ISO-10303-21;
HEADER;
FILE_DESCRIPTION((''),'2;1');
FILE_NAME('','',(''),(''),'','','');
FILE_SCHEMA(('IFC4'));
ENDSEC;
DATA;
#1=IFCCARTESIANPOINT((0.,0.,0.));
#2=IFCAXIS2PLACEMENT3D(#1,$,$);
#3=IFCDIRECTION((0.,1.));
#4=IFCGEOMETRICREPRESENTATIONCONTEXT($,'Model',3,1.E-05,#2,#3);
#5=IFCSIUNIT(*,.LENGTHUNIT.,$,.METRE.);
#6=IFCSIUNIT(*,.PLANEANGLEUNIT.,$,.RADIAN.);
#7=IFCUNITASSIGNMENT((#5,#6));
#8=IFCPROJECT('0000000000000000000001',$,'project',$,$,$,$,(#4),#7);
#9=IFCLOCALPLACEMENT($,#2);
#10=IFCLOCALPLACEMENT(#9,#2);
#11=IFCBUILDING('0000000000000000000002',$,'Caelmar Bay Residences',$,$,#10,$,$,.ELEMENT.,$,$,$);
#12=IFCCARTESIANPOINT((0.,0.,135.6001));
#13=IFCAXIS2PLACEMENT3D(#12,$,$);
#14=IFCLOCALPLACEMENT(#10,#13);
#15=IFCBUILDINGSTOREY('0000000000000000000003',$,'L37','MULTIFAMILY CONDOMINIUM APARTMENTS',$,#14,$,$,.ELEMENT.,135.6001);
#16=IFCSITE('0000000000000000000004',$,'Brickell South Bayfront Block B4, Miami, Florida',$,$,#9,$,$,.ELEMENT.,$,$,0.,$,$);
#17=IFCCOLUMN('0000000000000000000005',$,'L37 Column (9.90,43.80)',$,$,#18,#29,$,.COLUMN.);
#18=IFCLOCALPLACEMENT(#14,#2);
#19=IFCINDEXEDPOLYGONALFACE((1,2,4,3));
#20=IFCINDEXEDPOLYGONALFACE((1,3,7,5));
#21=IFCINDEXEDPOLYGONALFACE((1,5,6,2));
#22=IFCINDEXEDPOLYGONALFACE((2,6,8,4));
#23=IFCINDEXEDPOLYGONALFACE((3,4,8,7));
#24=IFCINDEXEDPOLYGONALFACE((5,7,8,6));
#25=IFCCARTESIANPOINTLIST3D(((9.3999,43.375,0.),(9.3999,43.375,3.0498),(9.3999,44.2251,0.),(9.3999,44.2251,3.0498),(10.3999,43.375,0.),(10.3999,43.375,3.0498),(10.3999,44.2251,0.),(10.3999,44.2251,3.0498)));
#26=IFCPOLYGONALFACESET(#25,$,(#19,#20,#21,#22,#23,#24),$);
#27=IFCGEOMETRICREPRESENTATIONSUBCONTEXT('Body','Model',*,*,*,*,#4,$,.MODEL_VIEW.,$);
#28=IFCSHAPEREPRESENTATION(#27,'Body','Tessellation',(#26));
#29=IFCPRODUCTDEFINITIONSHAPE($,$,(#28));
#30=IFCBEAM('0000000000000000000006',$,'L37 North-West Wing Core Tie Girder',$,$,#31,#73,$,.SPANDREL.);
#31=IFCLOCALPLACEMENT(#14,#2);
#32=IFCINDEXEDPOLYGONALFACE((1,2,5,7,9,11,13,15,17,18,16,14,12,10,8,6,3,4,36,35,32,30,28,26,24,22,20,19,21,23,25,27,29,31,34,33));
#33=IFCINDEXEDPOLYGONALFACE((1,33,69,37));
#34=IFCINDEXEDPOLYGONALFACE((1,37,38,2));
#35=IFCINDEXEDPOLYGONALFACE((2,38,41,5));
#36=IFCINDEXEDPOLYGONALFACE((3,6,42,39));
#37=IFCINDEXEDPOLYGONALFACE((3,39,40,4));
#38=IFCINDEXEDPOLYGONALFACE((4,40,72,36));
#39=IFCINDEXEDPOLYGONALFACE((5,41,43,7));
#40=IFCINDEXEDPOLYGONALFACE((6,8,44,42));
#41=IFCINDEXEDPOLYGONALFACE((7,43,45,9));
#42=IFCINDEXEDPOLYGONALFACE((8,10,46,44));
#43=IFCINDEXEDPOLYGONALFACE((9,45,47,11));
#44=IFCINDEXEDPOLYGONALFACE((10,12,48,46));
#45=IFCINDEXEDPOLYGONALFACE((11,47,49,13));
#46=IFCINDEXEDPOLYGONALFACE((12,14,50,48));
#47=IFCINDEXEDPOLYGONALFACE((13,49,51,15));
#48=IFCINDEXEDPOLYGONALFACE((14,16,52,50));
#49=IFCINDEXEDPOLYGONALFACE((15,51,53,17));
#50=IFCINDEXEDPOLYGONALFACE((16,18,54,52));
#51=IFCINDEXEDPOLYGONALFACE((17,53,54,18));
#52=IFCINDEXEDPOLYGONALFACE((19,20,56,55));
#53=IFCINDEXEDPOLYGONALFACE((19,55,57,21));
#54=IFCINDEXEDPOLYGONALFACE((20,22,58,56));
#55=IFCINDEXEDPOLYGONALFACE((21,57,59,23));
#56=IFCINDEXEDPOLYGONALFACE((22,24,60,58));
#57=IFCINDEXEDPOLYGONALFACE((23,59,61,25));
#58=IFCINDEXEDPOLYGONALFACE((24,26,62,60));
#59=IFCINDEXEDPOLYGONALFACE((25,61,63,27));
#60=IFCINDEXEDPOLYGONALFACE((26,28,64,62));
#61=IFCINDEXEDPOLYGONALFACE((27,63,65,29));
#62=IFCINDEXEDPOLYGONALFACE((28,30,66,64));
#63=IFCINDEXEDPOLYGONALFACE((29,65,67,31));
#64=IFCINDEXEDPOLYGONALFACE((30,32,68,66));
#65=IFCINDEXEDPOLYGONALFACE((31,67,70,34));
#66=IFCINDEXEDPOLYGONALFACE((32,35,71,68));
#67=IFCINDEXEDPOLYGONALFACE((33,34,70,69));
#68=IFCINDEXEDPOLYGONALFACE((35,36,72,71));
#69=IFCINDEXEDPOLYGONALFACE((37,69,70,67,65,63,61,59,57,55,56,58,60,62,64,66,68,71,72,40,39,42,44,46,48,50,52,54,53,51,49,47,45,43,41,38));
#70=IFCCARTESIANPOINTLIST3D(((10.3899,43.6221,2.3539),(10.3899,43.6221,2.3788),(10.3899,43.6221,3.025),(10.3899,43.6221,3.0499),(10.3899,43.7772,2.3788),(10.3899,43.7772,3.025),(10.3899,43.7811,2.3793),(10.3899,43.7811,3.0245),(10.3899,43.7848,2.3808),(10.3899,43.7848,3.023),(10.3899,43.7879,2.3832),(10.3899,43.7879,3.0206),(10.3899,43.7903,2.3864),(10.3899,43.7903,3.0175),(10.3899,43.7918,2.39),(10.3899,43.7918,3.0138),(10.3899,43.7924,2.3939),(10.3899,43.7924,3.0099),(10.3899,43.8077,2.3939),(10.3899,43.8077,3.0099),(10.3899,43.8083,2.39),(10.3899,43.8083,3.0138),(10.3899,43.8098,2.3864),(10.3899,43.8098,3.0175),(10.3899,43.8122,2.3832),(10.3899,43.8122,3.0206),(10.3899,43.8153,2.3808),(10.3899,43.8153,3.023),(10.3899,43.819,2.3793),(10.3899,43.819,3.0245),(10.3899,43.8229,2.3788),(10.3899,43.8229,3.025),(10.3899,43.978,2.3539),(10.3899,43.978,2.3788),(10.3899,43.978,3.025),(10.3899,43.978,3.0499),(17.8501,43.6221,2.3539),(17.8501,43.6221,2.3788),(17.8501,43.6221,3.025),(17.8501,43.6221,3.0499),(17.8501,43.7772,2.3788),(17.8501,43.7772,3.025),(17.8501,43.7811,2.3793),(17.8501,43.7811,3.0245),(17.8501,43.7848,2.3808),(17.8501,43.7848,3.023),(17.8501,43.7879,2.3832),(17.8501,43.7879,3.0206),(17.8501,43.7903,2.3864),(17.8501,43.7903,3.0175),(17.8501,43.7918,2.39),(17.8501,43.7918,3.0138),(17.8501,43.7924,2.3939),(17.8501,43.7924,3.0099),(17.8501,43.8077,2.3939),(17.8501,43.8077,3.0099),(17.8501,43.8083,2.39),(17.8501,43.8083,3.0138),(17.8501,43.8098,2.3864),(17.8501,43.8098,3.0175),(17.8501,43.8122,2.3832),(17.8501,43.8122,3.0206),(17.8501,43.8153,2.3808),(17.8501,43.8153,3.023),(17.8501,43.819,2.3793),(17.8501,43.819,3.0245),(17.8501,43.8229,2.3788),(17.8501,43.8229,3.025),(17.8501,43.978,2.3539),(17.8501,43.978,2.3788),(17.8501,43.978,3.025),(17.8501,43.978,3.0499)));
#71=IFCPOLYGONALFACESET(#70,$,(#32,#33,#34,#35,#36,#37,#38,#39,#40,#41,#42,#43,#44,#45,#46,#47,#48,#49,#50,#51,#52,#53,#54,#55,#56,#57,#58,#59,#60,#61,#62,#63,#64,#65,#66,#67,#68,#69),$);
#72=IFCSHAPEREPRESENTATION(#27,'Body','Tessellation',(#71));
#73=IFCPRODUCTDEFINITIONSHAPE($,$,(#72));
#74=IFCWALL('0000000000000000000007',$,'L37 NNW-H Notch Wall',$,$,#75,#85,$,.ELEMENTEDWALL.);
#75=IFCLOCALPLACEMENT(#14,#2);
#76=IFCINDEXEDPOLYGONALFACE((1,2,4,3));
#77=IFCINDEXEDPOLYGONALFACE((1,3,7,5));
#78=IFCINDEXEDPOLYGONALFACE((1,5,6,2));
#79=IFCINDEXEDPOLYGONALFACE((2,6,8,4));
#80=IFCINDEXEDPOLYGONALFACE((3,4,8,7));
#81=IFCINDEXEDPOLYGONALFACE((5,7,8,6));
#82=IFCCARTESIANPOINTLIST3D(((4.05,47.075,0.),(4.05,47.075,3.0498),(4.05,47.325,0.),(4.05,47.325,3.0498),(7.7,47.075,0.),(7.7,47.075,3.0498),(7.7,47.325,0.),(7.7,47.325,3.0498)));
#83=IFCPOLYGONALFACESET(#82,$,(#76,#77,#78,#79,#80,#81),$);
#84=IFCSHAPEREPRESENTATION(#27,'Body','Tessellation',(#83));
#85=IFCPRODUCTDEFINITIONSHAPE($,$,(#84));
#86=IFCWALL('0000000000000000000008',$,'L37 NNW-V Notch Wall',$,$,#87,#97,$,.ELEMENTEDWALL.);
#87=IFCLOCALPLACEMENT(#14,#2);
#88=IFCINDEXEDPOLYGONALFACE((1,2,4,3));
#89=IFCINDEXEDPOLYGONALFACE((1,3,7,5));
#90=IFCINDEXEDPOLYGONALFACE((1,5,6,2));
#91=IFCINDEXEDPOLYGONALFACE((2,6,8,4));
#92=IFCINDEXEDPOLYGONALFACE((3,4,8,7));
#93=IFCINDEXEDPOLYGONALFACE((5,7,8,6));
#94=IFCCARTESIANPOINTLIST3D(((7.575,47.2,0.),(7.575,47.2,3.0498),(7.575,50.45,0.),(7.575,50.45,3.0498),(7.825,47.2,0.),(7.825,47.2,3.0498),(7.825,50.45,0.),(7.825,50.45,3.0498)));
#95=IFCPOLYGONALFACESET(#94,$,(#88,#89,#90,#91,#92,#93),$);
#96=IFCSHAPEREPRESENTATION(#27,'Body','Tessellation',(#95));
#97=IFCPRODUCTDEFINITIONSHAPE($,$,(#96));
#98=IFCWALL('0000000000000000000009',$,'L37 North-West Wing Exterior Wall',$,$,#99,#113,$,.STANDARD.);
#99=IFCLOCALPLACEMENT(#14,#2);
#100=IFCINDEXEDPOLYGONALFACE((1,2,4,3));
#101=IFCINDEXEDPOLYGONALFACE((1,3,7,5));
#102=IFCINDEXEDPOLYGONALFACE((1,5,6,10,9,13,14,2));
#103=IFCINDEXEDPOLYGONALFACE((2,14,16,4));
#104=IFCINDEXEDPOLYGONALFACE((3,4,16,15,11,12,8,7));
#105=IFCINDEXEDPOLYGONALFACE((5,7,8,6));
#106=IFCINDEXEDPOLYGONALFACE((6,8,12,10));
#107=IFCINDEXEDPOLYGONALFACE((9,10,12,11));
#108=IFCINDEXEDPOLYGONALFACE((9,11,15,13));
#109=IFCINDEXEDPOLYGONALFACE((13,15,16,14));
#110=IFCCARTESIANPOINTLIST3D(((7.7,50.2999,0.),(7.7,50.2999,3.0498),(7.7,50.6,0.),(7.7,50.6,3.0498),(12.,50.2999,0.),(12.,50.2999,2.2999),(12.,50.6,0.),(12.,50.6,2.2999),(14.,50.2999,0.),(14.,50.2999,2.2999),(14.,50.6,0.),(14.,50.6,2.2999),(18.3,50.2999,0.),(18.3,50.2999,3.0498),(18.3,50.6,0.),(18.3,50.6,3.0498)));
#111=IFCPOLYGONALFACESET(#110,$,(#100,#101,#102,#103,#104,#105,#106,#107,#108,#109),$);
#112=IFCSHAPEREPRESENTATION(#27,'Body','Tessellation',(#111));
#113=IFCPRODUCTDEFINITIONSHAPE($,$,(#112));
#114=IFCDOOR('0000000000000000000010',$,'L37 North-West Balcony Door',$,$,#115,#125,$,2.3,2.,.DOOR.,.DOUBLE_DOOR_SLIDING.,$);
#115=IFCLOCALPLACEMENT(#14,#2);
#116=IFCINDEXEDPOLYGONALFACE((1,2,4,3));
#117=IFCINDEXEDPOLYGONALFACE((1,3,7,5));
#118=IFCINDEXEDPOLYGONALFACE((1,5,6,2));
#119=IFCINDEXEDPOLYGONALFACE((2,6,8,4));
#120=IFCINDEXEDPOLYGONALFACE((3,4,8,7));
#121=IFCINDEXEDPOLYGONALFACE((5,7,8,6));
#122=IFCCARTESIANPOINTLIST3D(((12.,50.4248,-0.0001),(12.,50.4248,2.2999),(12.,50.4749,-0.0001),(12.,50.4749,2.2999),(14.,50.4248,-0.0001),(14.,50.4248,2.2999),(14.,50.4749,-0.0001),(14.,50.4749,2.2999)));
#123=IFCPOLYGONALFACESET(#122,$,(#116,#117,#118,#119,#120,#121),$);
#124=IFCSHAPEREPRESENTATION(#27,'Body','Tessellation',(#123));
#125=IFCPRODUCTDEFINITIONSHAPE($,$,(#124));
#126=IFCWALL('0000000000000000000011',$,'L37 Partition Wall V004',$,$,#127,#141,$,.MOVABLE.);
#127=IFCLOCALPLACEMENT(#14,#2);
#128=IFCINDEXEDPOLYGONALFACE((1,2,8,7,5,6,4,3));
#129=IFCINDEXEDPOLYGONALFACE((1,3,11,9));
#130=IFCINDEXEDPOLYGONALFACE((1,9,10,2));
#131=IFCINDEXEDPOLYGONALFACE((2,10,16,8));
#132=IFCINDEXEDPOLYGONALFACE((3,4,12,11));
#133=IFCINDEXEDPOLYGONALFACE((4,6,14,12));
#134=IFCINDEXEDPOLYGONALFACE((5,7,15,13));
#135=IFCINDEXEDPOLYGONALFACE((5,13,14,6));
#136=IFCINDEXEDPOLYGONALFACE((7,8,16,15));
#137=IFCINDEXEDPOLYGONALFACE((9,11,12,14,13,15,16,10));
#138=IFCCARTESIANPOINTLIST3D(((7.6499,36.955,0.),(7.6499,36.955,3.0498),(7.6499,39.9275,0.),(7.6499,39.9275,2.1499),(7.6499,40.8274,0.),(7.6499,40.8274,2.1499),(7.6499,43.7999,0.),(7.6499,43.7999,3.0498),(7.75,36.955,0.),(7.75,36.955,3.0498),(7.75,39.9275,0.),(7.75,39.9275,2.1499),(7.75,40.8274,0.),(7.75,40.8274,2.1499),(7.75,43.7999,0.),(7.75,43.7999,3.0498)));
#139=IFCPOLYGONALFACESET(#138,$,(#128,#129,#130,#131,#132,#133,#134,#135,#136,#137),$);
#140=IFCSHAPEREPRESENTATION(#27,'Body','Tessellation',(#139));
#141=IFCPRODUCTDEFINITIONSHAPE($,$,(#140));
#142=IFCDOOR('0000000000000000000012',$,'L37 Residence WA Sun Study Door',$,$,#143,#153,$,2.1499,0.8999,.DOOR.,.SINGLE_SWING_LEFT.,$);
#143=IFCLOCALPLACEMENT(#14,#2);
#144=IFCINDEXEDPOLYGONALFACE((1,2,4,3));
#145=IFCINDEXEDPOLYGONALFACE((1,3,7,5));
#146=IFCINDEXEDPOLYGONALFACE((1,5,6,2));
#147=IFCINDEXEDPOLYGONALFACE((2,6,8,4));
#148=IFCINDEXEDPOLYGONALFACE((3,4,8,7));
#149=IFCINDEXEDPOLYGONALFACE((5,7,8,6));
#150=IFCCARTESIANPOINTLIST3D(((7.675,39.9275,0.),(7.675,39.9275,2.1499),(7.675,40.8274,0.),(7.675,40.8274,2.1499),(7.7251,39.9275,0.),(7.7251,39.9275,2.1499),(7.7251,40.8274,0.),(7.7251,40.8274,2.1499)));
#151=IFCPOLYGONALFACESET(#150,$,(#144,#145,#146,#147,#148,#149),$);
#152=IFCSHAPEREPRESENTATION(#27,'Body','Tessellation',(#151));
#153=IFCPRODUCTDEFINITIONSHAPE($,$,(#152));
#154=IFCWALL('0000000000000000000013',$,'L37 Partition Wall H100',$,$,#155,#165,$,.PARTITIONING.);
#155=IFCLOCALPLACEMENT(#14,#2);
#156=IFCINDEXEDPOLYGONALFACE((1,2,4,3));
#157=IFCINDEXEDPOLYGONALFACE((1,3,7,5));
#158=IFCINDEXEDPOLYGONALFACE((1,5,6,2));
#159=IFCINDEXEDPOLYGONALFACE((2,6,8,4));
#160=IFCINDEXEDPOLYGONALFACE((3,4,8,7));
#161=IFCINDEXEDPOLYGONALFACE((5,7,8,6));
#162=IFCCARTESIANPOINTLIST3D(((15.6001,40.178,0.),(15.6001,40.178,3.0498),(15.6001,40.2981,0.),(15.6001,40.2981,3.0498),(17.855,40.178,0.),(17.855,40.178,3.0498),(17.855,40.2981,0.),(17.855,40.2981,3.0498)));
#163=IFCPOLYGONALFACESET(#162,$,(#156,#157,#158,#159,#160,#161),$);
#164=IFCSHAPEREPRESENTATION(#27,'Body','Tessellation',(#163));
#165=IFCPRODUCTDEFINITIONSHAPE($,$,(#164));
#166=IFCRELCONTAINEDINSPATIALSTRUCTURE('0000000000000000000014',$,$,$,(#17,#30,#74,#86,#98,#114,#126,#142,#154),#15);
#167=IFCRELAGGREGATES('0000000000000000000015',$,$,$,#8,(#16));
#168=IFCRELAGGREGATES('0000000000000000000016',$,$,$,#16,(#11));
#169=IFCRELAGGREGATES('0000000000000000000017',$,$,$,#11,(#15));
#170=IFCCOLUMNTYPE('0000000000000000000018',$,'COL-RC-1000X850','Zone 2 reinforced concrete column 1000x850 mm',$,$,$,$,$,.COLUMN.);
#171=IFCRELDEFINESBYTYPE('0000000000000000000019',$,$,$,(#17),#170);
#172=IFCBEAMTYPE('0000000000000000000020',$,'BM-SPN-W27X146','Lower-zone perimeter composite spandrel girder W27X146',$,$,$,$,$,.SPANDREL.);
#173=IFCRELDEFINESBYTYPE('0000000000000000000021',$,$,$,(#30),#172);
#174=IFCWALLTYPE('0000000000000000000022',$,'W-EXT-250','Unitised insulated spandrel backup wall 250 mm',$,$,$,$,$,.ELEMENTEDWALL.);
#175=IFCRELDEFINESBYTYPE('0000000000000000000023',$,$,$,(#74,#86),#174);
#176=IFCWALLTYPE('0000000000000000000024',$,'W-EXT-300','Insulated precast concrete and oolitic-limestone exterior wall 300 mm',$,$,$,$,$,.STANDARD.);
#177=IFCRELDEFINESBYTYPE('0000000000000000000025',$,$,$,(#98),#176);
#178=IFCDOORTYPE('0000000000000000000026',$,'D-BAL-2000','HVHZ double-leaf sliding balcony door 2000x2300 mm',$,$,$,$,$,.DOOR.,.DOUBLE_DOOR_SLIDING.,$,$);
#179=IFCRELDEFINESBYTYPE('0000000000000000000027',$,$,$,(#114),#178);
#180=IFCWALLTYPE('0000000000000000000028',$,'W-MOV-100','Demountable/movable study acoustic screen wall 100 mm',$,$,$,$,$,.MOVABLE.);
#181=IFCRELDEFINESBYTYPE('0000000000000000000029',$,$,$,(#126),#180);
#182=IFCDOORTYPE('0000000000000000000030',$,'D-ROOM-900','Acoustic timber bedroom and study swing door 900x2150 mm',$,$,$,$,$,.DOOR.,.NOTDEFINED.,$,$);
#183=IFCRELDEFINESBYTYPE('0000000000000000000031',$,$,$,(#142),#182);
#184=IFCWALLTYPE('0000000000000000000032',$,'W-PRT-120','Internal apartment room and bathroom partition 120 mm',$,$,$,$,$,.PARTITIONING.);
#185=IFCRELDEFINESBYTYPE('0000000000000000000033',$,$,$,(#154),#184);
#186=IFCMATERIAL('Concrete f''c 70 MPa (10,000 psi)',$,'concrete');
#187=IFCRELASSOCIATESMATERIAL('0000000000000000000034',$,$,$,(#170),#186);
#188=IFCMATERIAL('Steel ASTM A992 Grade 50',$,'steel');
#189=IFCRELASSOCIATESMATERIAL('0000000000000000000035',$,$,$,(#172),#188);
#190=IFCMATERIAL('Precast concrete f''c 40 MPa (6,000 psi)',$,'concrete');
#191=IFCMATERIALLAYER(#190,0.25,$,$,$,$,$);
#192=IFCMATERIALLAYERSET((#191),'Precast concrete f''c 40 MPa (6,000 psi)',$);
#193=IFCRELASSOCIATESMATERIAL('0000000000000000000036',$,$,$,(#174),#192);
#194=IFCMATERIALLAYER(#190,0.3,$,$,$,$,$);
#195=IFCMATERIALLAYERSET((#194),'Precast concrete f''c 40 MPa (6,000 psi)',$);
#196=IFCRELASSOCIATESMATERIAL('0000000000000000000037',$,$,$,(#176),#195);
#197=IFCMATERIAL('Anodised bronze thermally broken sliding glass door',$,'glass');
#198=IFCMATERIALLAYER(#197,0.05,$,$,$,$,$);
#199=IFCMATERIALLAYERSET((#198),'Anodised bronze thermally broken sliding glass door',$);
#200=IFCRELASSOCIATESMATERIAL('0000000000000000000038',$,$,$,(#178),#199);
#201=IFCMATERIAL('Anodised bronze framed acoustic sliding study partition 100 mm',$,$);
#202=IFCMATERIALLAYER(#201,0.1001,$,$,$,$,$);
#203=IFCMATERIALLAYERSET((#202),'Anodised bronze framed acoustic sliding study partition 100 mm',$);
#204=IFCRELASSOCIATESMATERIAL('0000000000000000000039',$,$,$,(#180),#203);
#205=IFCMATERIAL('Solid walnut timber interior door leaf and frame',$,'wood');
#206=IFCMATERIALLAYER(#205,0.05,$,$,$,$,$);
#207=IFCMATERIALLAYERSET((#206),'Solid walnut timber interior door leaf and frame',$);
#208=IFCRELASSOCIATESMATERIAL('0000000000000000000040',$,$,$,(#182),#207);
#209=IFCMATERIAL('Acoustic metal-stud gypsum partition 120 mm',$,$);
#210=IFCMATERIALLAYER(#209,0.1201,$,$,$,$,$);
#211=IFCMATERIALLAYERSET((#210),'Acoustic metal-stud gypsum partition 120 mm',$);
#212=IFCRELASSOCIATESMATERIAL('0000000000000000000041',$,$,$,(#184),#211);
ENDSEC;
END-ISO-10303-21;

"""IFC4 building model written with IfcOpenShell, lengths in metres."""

from ifc_helpers import new_model, si_unit, direction, frame, frame_2d, origin, origin_2d, place, context, subcontext, project, spatial, rectangle, i_section, extrude, material, layer, layer_set, material_profile, profile_set, type_object, element, fill, save


model = new_model("IFC4")

# Units and contexts
model_context = context("Model", 3, precision=1e-05, world=origin(), true_north=direction((0.0, 1.0)))
body_context = subcontext(model_context, "Body", "Model", "MODEL_VIEW")
ifc_project = project(units=[si_unit("LENGTHUNIT", "METRE"), si_unit("PLANEANGLEUNIT", "RADIAN")], contexts=[model_context])

# Site, building, storey
site_placement = place(None, origin())
site = spatial("IfcSite", under=ifc_project, at=site_placement, Name="Brickell South Bayfront Block B4, Miami, Florida", CompositionType="ELEMENT", RefElevation=0.0)
building_placement = place(site_placement, origin())
building = spatial("IfcBuilding", under=site, at=building_placement, Name="Caelmar Bay Residences", CompositionType="ELEMENT")
storey_placement = place(building_placement, frame((0.0, 0.0, 135.6001)))
storey = spatial("IfcBuildingStorey", under=building, at=storey_placement, Name="L37", Description="MULTIFAMILY CONDOMINIUM APARTMENTS", CompositionType="ELEMENT", Elevation=135.6001)

# Column
ifc_material_1 = material(Name="Concrete f'c 70 MPa (10,000 psi)", Category="concrete")
ifc_material_profile_1 = material_profile(ifc_material_1, rectangle(XDim=1.0, YDim=0.8501, at=origin_2d()), Name="RC-COL-1000X850")
ifc_profile_set_1 = profile_set([ifc_material_profile_1], Name="Concrete f'c 70 MPa (10,000 psi)")
column_type = type_object("IfcColumnType", Name="COL-RC-1000X850", Description="Zone 2 reinforced concrete column 1000x850 mm", PredefinedType="COLUMN", material=ifc_profile_set_1)
column_placement = place(storey_placement, frame((9.8999, 43.8, 0.0), z_axis=(0.0, 0.0, 1.0), x_axis=(1.0, 0.0, 0.0)))
element("IfcColumn", 1, at=column_placement, inside=storey, type_object=column_type, Name="L37 Column (9.90,43.80)", PredefinedType="COLUMN", context=body_context, shape_type="SweptSolid", body=[
    extrude(rectangle(XDim=1.0, YDim=0.8501, at=origin_2d()), origin(), (0.0, 0.0, 1.0), 3.0498),
])

# Beam
ifc_material_2 = material(Name="Steel ASTM A992 Grade 50", Category="steel")
ifc_material_profile_2 = material_profile(ifc_material_2, i_section(OverallWidth=0.356, OverallDepth=0.696, WebThickness=0.0154, FlangeThickness=0.0249, FilletRadius=0.0151, at=origin_2d()), Name="W27X146")
ifc_profile_set_2 = profile_set([ifc_material_profile_2], Name="Steel ASTM A992 Grade 50")
beam_type = type_object("IfcBeamType", Name="BM-SPN-W27X146", Description="Lower-zone perimeter composite spandrel girder W27X146", PredefinedType="SPANDREL", material=ifc_profile_set_2)
beam_placement = place(storey_placement, frame((10.3899, 43.8, 2.7019), z_axis=(1.0, 0.0, 0.0), x_axis=(0.0, 1.0, 0.0)))
element("IfcBeam", 2, at=beam_placement, inside=storey, type_object=beam_type, Name="L37 North-West Wing Core Tie Girder", PredefinedType="SPANDREL", context=body_context, shape_type="SweptSolid", body=[
    extrude(i_section(OverallWidth=0.356, OverallDepth=0.696, WebThickness=0.0154, FlangeThickness=0.0249, FilletRadius=0.0151, at=origin_2d()), origin(), (0.0, 0.0, 1.0), 7.4602),
])

# Walls
ifc_material_3 = material(Name="Precast concrete f'c 40 MPa (6,000 psi)", Category="concrete")
ifc_layer_1 = layer(ifc_material_3, 0.25)
ifc_layer_set_1 = layer_set([ifc_layer_1], Name="Precast concrete f'c 40 MPa (6,000 psi)")
wall_type_1 = type_object("IfcWallType", Name="W-EXT-250", Description="Unitised insulated spandrel backup wall 250 mm", PredefinedType="ELEMENTEDWALL", material=ifc_layer_set_1)
wall_1_placement = place(storey_placement, frame((4.05, 47.2, 0.0), z_axis=(0.0, 0.0, 1.0), x_axis=(1.0, 0.0, 0.0)))
element("IfcWall", 3, at=wall_1_placement, inside=storey, type_object=wall_type_1, Name="L37 NNW-H Notch Wall", PredefinedType="ELEMENTEDWALL", context=body_context, shape_type="SweptSolid", body=[
    extrude(rectangle(XDim=3.6499, YDim=0.25, at=frame_2d((1.825, 0.0))), origin(), (0.0, 0.0, 1.0), 3.0498),
])
wall_2_placement = place(storey_placement, frame((7.7, 47.2, 0.0), z_axis=(0.0, 0.0, 1.0), x_axis=(0.0, 1.0, 0.0)))
element("IfcWall", 4, at=wall_2_placement, inside=storey, type_object=wall_type_1, Name="L37 NNW-V Notch Wall", PredefinedType="ELEMENTEDWALL", context=body_context, shape_type="SweptSolid", body=[
    extrude(rectangle(XDim=3.25, YDim=0.25, at=frame_2d((1.625, 0.0))), origin(), (0.0, 0.0, 1.0), 3.0498),
])

# Walls, openings, doors
ifc_layer_2 = layer(ifc_material_3, 0.3)
ifc_layer_set_2 = layer_set([ifc_layer_2], Name="Precast concrete f'c 40 MPa (6,000 psi)")
wall_type_2 = type_object("IfcWallType", Name="W-EXT-300", Description="Insulated precast concrete and oolitic-limestone exterior wall 300 mm", PredefinedType="STANDARD", material=ifc_layer_set_2)
wall_3_placement = place(storey_placement, frame((7.7, 50.45, 0.0), z_axis=(0.0, 0.0, 1.0), x_axis=(1.0, 0.0, 0.0)))
wall_3 = element("IfcWall", 5, at=wall_3_placement, inside=storey, type_object=wall_type_2, Name="L37 North-West Wing Exterior Wall", PredefinedType="STANDARD", context=body_context, shape_type="SweptSolid", body=[
    extrude(rectangle(XDim=10.6001, YDim=0.3, at=frame_2d((5.3, 0.0))), origin(), (0.0, 0.0, 1.0), 3.0498),
])
opening_1_placement = place(wall_3_placement, frame((4.3, 0.0, 0.0)))
opening_1 = element("IfcOpeningElement", 6, at=opening_1_placement, cuts=wall_3, PredefinedType="OPENING", context=body_context, shape_type="SweptSolid", body=[
    extrude(rectangle(XDim=2.0, YDim=2.3, at=frame_2d((1.0, 1.1499))), frame((0.0, 0.1599, 0.0), z_axis=(0.0, -1.0, 0.0), x_axis=(1.0, 0.0, 0.0)), (0.0, 0.0, 1.0), 0.3201),
])
ifc_material_4 = material(Name="Anodised bronze thermally broken sliding glass door", Category="glass")
ifc_layer_3 = layer(ifc_material_4, 0.05)
ifc_layer_set_3 = layer_set([ifc_layer_3], Name="Anodised bronze thermally broken sliding glass door")
door_type_1 = type_object("IfcDoorType", Name="D-BAL-2000", Description="HVHZ double-leaf sliding balcony door 2000x2300 mm", OperationType="DOUBLE_DOOR_SLIDING", PredefinedType="DOOR", material=ifc_layer_set_3)
door_1_placement = place(opening_1_placement, origin())
door_1 = element("IfcDoor", 7, at=door_1_placement, inside=storey, type_object=door_type_1, Name="L37 North-West Balcony Door", OperationType="DOUBLE_DOOR_SLIDING", OverallHeight=2.3, OverallWidth=2.0, PredefinedType="DOOR", context=body_context, shape_type="SweptSolid", body=[
    extrude(rectangle(XDim=2.0, YDim=2.3, at=frame_2d((1.0, 1.1499))), frame((0.0, 0.0249, 0.0), z_axis=(0.0, -1.0, 0.0), x_axis=(1.0, 0.0, 0.0)), (0.0, 0.0, 1.0), 0.05),
])
fill(opening_1, door_1)
ifc_material_5 = material(Name="Anodised bronze framed acoustic sliding study partition 100 mm")
ifc_layer_4 = layer(ifc_material_5, 0.1001)
ifc_layer_set_4 = layer_set([ifc_layer_4], Name="Anodised bronze framed acoustic sliding study partition 100 mm")
wall_type_3 = type_object("IfcWallType", Name="W-MOV-100", Description="Demountable/movable study acoustic screen wall 100 mm", PredefinedType="MOVABLE", material=ifc_layer_set_4)
wall_4_placement = place(storey_placement, frame((7.7, 36.9551, 0.0), z_axis=(0.0, 0.0, 1.0), x_axis=(0.0, 1.0, 0.0)))
wall_4 = element("IfcWall", 8, at=wall_4_placement, inside=storey, type_object=wall_type_3, Name="L37 Partition Wall V004", PredefinedType="MOVABLE", context=body_context, shape_type="SweptSolid", body=[
    extrude(rectangle(XDim=6.845, YDim=0.1001, at=frame_2d((3.4224, 0.0))), origin(), (0.0, 0.0, 1.0), 3.0498),
])
opening_2_placement = place(wall_4_placement, frame((2.9724, 0.0, 0.0)))
opening_2 = element("IfcOpeningElement", 9, at=opening_2_placement, cuts=wall_4, PredefinedType="OPENING", context=body_context, shape_type="SweptSolid", body=[
    extrude(rectangle(XDim=0.8999, YDim=2.1499, at=frame_2d((0.45, 1.075))), frame((0.0, 0.0601, 0.0), z_axis=(0.0, -1.0, 0.0), x_axis=(1.0, 0.0, 0.0)), (0.0, 0.0, 1.0), 0.1201),
])
ifc_material_6 = material(Name="Solid walnut timber interior door leaf and frame", Category="wood")
ifc_layer_5 = layer(ifc_material_6, 0.05)
ifc_layer_set_5 = layer_set([ifc_layer_5], Name="Solid walnut timber interior door leaf and frame")
door_type_2 = type_object("IfcDoorType", Name="D-ROOM-900", Description="Acoustic timber bedroom and study swing door 900x2150 mm", OperationType="NOTDEFINED", PredefinedType="DOOR", material=ifc_layer_set_5)
door_2_placement = place(opening_2_placement, origin())
door_2 = element("IfcDoor", 10, at=door_2_placement, inside=storey, type_object=door_type_2, Name="L37 Residence WA Sun Study Door", OperationType="SINGLE_SWING_LEFT", OverallHeight=2.1499, OverallWidth=0.8999, PredefinedType="DOOR", context=body_context, shape_type="SweptSolid", body=[
    extrude(rectangle(XDim=0.8999, YDim=2.1499, at=frame_2d((0.45, 1.075))), frame((0.0, 0.0249, 0.0), z_axis=(0.0, -1.0, 0.0), x_axis=(1.0, 0.0, 0.0)), (0.0, 0.0, 1.0), 0.05),
])
fill(opening_2, door_2)
ifc_material_7 = material(Name="Acoustic metal-stud gypsum partition 120 mm")
ifc_layer_6 = layer(ifc_material_7, 0.1201)
ifc_layer_set_6 = layer_set([ifc_layer_6], Name="Acoustic metal-stud gypsum partition 120 mm")
wall_type_4 = type_object("IfcWallType", Name="W-PRT-120", Description="Internal apartment room and bathroom partition 120 mm", PredefinedType="PARTITIONING", material=ifc_layer_set_6)

# Wall
wall_5_placement = place(storey_placement, frame((15.6001, 40.238, 0.0), z_axis=(0.0, 0.0, 1.0), x_axis=(1.0, 0.0, 0.0)))
element("IfcWall", 11, at=wall_5_placement, inside=storey, type_object=wall_type_4, Name="L37 Partition Wall H100", PredefinedType="PARTITIONING", context=body_context, shape_type="SweptSolid", body=[
    extrude(rectangle(XDim=2.2549, YDim=0.1201, at=frame_2d((1.1274, 0.0))), origin(), (0.0, 0.0, 1.0), 3.0498),
])

save(model, "model.ifc")
